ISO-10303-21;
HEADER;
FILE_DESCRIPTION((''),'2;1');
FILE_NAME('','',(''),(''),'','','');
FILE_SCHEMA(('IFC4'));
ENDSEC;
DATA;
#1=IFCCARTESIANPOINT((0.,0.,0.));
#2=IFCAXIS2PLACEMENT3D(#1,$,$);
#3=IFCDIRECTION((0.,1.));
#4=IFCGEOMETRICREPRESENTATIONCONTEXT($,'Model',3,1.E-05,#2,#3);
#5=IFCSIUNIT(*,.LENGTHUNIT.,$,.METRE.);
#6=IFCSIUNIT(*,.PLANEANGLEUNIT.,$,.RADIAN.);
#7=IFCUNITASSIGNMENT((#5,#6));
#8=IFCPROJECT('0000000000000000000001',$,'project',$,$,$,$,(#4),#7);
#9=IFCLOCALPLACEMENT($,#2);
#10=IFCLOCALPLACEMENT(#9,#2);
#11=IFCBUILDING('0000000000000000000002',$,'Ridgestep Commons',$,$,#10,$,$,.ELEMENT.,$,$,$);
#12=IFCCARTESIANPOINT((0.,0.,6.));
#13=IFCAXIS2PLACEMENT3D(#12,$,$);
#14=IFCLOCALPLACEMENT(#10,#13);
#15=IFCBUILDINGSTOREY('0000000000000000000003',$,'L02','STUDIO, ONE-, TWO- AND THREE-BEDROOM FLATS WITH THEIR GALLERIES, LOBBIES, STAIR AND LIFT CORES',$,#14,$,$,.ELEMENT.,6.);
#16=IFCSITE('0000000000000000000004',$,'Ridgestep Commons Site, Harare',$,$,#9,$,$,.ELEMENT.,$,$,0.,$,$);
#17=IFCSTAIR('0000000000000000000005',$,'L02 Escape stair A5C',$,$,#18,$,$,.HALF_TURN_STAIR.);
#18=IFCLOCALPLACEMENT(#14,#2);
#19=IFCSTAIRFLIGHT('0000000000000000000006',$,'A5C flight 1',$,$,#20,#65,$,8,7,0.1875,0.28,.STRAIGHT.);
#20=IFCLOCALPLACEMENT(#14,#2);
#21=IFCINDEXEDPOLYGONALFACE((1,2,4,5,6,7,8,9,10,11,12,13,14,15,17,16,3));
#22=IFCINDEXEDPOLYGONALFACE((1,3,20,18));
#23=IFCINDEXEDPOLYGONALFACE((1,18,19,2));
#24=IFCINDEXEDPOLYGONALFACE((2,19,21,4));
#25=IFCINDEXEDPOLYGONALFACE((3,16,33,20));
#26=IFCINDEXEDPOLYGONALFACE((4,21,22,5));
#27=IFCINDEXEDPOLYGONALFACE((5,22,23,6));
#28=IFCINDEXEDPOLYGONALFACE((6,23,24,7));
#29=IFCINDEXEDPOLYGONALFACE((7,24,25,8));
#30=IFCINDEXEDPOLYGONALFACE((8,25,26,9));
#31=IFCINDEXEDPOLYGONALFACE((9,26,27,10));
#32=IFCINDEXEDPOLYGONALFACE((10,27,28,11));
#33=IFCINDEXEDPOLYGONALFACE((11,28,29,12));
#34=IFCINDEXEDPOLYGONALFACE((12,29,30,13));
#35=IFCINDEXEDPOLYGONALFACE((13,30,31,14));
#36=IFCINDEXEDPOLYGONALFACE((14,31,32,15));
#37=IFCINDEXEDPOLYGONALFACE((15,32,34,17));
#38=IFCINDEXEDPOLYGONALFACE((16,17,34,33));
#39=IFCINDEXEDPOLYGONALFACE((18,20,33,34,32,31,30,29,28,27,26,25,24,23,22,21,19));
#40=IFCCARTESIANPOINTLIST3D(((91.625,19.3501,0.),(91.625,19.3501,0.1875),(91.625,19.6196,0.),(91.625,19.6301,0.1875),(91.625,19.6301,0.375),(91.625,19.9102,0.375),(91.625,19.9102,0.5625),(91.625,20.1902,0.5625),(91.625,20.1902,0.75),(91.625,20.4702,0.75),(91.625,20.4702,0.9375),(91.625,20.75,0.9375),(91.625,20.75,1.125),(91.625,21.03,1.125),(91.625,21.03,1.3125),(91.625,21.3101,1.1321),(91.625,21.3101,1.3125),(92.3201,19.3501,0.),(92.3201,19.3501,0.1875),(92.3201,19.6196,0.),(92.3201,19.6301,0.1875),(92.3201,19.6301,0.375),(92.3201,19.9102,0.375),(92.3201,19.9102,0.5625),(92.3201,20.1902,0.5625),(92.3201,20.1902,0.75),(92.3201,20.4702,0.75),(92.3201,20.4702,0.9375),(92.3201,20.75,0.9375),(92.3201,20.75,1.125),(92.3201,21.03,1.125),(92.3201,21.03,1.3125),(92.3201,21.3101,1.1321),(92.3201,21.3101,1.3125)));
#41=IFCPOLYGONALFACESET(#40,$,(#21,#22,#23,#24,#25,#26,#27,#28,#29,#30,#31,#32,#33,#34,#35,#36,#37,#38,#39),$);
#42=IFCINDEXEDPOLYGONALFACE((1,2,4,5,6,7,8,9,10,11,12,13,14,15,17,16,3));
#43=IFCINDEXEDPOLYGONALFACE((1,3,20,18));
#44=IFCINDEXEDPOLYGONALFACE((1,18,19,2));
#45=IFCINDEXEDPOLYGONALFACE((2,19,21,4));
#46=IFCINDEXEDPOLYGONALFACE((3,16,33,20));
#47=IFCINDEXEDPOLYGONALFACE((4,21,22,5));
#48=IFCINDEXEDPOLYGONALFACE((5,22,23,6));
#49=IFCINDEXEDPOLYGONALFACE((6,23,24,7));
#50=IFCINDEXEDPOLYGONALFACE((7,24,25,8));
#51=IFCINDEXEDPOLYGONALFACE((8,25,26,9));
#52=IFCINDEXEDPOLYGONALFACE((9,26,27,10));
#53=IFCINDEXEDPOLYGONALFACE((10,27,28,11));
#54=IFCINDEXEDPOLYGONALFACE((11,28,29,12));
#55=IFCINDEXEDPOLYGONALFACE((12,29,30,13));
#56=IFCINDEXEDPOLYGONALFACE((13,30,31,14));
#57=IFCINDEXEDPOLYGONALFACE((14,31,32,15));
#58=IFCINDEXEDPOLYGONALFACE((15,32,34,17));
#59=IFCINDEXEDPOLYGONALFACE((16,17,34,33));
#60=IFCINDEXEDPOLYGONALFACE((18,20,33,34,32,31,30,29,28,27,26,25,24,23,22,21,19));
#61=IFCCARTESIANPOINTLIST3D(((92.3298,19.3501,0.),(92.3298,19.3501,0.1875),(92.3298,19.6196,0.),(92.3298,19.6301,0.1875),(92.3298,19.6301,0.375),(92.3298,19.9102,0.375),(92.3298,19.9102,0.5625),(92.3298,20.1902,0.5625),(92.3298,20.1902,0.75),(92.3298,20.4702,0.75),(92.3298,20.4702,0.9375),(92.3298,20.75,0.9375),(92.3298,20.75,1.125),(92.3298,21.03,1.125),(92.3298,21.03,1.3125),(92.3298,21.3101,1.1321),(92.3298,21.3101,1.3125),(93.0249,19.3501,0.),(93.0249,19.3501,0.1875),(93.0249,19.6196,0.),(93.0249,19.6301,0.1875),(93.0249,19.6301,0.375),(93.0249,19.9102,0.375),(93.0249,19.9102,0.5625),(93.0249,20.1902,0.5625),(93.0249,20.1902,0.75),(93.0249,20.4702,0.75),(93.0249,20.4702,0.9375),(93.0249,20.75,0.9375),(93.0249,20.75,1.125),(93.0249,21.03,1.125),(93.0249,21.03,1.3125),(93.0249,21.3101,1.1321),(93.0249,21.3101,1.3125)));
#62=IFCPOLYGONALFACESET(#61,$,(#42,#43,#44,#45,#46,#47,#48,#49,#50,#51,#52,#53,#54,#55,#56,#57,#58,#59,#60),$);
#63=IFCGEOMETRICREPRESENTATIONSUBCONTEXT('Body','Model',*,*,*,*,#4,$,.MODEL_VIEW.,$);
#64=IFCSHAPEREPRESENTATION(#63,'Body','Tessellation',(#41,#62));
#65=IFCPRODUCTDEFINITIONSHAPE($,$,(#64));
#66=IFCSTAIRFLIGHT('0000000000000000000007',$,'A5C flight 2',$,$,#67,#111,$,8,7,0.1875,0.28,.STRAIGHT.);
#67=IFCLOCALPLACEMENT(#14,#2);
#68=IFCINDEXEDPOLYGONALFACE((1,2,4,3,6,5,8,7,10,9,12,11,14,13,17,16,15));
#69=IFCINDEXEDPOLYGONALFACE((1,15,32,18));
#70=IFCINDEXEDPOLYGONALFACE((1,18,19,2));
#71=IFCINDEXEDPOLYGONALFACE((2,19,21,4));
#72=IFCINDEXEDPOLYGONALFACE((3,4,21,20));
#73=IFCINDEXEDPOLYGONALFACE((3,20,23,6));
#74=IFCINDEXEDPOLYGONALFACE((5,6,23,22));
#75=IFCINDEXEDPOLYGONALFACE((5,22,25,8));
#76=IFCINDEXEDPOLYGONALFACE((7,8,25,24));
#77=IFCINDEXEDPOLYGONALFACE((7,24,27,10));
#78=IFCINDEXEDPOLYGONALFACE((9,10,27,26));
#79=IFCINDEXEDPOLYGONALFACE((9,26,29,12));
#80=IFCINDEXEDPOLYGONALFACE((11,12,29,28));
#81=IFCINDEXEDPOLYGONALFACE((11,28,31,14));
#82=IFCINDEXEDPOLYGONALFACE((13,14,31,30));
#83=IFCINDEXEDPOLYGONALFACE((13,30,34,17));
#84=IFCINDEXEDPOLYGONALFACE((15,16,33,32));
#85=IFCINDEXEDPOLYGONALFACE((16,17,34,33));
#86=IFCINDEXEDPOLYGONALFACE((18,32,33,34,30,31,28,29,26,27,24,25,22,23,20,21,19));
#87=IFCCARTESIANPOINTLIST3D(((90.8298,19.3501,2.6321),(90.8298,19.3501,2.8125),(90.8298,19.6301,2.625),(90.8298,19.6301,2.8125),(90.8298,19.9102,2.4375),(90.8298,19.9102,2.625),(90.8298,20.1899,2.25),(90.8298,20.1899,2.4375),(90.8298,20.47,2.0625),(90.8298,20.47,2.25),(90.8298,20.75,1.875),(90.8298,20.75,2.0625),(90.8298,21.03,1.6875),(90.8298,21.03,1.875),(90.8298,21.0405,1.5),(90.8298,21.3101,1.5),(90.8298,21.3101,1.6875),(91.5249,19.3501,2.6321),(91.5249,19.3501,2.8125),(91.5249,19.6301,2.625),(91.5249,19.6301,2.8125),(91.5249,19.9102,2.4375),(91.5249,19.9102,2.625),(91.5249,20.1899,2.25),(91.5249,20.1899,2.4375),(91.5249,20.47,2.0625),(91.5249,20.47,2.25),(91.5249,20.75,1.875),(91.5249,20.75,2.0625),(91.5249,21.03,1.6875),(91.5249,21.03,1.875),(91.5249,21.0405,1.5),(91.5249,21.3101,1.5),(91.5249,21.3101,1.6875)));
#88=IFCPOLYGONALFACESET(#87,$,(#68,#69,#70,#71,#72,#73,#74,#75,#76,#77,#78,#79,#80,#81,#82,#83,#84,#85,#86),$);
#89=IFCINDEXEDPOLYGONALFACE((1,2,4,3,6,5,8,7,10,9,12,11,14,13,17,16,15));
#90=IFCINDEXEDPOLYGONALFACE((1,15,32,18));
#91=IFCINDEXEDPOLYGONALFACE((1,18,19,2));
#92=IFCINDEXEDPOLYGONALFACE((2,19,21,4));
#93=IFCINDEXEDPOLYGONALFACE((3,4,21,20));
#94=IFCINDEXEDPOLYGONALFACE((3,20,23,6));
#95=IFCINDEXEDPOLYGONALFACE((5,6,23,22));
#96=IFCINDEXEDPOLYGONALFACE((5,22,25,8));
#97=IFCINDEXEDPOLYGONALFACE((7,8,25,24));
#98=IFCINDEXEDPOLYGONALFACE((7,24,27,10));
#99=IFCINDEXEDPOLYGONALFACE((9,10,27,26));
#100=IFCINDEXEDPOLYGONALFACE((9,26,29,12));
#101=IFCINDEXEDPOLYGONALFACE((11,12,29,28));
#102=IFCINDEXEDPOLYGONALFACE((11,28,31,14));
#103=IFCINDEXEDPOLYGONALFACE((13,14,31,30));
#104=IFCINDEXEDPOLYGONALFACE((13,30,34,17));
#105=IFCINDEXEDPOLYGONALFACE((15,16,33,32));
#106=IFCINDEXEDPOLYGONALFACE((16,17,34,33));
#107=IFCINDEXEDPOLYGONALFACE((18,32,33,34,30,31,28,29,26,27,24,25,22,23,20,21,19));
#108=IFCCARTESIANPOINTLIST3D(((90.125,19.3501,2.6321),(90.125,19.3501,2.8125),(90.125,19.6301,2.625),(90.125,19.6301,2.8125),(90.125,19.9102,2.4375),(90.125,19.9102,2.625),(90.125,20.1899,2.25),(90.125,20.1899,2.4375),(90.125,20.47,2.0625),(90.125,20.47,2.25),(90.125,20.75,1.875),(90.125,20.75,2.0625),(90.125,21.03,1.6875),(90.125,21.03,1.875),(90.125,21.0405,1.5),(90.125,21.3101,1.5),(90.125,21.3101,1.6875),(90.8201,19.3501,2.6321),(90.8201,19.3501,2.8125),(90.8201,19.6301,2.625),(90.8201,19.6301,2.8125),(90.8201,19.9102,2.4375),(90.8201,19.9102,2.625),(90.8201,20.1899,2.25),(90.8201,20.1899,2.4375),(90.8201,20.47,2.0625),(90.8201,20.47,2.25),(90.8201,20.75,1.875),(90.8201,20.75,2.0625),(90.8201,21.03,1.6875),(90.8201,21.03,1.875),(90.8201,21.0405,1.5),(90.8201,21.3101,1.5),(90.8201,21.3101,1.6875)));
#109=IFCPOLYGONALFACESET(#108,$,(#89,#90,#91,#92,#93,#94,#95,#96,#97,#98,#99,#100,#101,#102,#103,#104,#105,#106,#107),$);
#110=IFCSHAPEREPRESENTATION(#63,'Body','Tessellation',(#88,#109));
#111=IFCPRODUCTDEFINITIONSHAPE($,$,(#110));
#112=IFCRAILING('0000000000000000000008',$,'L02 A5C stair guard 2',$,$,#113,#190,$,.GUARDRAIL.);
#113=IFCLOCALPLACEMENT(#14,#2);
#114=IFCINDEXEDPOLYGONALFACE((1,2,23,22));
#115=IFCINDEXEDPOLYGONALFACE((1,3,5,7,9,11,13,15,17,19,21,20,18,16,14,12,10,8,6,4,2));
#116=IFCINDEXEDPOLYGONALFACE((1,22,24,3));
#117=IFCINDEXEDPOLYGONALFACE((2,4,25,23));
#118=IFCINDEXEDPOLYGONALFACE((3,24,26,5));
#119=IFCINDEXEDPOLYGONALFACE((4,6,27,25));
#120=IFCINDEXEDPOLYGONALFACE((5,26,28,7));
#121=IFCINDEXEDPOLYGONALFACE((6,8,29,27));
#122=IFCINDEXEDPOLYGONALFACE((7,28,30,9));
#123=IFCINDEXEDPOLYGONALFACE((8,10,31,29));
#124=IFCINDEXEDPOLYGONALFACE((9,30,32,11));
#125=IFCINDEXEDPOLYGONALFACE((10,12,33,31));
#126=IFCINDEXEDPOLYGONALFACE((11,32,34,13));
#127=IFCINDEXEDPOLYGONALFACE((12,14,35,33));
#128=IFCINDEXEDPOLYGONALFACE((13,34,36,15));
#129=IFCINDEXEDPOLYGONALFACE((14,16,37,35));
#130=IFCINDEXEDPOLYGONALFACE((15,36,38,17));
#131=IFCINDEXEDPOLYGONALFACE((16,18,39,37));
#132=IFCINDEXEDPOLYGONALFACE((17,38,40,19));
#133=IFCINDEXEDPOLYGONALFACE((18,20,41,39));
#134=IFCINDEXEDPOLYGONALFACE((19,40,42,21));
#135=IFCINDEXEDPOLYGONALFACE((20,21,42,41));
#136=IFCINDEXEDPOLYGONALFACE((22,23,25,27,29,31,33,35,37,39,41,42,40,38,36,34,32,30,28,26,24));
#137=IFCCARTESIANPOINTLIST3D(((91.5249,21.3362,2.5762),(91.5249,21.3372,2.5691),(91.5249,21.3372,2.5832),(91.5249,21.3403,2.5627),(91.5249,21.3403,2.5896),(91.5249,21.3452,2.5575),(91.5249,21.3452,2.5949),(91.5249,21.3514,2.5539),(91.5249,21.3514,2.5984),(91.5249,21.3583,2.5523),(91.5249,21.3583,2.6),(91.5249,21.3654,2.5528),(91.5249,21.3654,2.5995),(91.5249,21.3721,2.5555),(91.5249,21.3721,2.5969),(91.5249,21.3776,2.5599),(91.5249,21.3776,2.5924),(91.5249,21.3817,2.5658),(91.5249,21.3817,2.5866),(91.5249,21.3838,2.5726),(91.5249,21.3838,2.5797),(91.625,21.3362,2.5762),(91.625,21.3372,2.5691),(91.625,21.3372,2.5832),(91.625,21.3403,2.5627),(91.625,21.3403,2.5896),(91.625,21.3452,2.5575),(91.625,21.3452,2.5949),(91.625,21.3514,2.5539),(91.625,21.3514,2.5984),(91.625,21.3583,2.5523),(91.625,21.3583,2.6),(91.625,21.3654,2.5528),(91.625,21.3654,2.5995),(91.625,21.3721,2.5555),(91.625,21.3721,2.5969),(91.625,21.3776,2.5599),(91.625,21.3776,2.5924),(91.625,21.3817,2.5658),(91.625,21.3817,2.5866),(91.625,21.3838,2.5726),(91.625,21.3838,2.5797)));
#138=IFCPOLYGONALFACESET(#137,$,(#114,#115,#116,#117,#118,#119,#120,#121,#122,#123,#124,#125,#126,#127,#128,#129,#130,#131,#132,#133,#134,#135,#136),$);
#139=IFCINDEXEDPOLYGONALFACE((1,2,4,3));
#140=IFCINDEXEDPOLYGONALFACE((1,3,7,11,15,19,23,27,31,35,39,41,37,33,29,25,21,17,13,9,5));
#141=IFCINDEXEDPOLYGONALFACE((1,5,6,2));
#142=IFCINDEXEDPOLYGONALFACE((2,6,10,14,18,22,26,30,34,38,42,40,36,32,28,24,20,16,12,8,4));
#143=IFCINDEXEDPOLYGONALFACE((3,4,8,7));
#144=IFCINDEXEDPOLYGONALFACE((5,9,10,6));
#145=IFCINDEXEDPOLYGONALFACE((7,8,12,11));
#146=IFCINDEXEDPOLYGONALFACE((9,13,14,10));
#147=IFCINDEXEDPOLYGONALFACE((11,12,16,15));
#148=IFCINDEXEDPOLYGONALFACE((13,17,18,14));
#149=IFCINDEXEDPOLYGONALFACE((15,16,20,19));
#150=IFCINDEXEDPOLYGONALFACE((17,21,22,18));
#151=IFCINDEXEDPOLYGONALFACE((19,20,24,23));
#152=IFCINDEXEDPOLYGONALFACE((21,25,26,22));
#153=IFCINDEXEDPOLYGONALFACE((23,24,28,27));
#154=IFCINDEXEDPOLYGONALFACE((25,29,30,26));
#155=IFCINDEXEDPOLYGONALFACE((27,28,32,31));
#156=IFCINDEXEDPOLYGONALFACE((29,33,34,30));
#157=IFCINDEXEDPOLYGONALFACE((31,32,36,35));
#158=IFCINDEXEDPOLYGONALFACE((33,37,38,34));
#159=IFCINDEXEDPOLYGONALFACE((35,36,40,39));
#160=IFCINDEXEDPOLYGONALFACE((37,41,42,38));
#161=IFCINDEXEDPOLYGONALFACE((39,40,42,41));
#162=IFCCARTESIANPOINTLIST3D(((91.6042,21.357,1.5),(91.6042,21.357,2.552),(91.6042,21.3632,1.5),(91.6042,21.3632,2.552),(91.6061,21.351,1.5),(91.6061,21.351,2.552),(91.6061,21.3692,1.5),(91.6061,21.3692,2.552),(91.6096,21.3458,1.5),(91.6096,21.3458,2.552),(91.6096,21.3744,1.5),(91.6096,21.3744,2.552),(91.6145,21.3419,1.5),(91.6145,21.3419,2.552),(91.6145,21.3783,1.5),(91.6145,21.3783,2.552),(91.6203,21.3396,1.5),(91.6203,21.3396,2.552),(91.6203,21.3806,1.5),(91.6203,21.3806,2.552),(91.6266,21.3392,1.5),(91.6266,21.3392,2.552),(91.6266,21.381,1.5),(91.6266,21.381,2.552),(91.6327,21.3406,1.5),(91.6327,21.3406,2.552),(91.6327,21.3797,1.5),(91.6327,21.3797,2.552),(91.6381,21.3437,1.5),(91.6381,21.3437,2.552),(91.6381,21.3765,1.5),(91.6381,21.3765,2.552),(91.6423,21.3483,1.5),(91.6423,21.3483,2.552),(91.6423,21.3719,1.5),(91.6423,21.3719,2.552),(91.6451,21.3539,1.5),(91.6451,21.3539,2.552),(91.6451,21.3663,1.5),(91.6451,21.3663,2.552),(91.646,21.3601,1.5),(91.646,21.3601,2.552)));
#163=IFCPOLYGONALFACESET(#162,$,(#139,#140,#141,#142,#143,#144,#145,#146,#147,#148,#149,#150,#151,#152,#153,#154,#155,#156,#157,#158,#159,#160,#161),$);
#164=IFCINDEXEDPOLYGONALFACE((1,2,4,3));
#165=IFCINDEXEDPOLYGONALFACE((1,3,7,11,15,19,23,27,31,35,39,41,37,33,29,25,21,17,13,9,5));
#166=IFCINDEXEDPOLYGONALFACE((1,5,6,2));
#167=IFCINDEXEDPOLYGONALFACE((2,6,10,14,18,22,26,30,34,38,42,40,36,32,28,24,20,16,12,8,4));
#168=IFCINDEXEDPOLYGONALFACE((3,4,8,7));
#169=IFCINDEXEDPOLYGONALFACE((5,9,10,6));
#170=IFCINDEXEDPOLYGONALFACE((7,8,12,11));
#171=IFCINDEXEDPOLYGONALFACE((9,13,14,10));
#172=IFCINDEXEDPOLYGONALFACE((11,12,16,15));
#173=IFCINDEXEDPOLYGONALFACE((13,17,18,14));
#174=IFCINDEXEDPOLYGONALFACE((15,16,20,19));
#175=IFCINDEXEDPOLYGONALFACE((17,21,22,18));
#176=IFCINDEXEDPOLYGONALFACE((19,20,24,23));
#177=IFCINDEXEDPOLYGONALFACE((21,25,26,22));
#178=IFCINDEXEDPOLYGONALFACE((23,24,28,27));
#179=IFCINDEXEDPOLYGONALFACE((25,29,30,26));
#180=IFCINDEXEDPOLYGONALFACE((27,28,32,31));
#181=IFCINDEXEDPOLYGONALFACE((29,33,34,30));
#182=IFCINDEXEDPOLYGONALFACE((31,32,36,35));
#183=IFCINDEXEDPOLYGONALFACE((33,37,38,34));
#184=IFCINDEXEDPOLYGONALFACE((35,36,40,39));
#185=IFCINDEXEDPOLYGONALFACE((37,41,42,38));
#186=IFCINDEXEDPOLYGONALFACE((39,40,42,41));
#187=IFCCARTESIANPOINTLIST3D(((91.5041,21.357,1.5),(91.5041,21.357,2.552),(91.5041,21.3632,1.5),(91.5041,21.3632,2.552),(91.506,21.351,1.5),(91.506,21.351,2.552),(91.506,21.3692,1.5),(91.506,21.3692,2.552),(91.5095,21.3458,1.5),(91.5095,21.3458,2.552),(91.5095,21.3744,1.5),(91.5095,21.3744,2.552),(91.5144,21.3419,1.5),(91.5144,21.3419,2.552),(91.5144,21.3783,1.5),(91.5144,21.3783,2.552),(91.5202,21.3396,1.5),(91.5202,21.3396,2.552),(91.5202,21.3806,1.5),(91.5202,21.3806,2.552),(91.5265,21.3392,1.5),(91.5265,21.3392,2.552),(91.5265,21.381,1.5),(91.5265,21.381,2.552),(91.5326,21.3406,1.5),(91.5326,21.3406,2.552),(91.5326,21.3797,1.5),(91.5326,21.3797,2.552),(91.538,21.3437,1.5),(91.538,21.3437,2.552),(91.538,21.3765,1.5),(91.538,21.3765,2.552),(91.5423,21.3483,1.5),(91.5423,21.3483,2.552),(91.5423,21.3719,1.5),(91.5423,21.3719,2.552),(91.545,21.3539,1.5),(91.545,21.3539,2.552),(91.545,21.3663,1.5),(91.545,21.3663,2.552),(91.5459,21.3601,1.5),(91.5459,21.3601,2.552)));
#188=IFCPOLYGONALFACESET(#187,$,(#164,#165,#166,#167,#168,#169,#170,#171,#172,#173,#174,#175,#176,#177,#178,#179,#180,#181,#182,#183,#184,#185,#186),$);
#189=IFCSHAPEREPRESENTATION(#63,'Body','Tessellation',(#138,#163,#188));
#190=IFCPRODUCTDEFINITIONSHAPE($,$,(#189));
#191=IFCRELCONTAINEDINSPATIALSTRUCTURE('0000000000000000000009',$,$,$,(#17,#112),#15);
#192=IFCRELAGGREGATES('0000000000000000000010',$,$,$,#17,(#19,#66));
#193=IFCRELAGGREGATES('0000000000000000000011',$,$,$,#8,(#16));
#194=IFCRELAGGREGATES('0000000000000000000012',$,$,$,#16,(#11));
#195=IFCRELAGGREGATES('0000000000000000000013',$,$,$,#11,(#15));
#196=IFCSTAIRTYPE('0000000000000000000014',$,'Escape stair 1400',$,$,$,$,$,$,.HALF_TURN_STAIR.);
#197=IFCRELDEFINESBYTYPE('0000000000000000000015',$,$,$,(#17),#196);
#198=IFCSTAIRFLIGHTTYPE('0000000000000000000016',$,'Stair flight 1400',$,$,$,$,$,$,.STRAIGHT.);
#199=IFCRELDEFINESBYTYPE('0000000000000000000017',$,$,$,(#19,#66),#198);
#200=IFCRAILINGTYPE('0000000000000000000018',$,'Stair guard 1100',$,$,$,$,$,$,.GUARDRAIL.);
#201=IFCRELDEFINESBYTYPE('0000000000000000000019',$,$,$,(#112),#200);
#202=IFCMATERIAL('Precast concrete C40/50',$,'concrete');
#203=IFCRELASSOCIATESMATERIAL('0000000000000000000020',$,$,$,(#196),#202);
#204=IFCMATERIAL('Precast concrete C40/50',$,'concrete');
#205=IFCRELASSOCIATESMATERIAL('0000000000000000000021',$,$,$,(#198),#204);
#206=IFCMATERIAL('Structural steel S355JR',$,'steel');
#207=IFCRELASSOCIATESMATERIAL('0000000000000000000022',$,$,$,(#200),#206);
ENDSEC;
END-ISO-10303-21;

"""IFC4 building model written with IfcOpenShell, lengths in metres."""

from ifc_helpers import new_model, si_unit, direction, frame, origin, origin_2d, place, context, subcontext, project, spatial, polyline, circle, outline, extrude, material, type_object, element, aggregate, save


model = new_model("IFC4")

# Units and contexts
model_context = context("Model", 3, precision=1e-05, world=origin(), true_north=direction((0.0, 1.0)))
body_context = subcontext(model_context, "Body", "Model", "MODEL_VIEW")
ifc_project = project(units=[si_unit("LENGTHUNIT", "METRE"), si_unit("PLANEANGLEUNIT", "RADIAN")], contexts=[model_context])

# Site, building, storey
site_placement = place(None, origin())
site = spatial("IfcSite", under=ifc_project, at=site_placement, Name="Ridgestep Commons Site, Harare", CompositionType="ELEMENT", RefElevation=0.0)
building_placement = place(site_placement, origin())
building = spatial("IfcBuilding", under=site, at=building_placement, Name="Ridgestep Commons", CompositionType="ELEMENT")
storey_placement = place(building_placement, frame((0.0, 0.0, 6.0)))
storey = spatial("IfcBuildingStorey", under=building, at=storey_placement, Name="L02", Description="STUDIO, ONE-, TWO- AND THREE-BEDROOM FLATS WITH THEIR GALLERIES, LOBBIES, STAIR AND LIFT CORES", CompositionType="ELEMENT", Elevation=6.0)

# Stair, stair flights
ifc_material_1 = material(Name="Precast concrete C40/50", Category="concrete")
stair_type = type_object("IfcStairType", Name="Escape stair 1400", PredefinedType="HALF_TURN_STAIR", material=ifc_material_1)
stair_placement = place(storey_placement, origin())
stair = element("IfcStair", 1, at=stair_placement, inside=storey, type_object=stair_type, Name="L02 Escape stair A5C", PredefinedType="HALF_TURN_STAIR")
ifc_material_2 = material(Name="Precast concrete C40/50", Category="concrete")
stair_flight_type = type_object("IfcStairFlightType", Name="Stair flight 1400", PredefinedType="STRAIGHT", material=ifc_material_2)
stair_flight_1_placement = place(storey_placement, frame((92.325, 19.3501, 0.0), z_axis=(0.0, 0.0, 1.0), x_axis=(0.0, 1.0, 0.0)))
stair_flight_1 = element("IfcStairFlight", 2, at=stair_flight_1_placement, type_object=stair_flight_type, Name="A5C flight 1", NumberOfRisers=8, NumberOfTreads=7, PredefinedType="STRAIGHT", RiserHeight=0.1875, TreadLength=0.28, context=body_context, shape_type="SweptSolid", body=[
    extrude(outline(polyline([(0.0, 0.0), (0.0, 0.1875), (0.28, 0.1875), (0.28, 0.375), (0.5601, 0.375), (0.5601, 0.5625), (0.8401, 0.5625), (0.8401, 0.75), (1.1201, 0.75), (1.1201, 0.9375), (1.3999, 0.9375), (1.3999, 1.125), (1.6799, 1.125), (1.6799, 1.3125), (1.96, 1.3125), (1.96, 1.5), (1.96, 1.1321), (0.2695, 0.0), (0.0, 0.0)])), frame((0.0, 0.7, 0.0), z_axis=(0.0, -1.0, 0.0), x_axis=(1.0, 0.0, 0.0)), (0.0, 0.0, 1.0), 0.6951),
    extrude(outline(polyline([(0.0, 0.0), (0.0, 0.1875), (0.28, 0.1875), (0.28, 0.375), (0.5601, 0.375), (0.5601, 0.5625), (0.8401, 0.5625), (0.8401, 0.75), (1.1201, 0.75), (1.1201, 0.9375), (1.3999, 0.9375), (1.3999, 1.125), (1.6799, 1.125), (1.6799, 1.3125), (1.96, 1.3125), (1.96, 1.5), (1.96, 1.1321), (0.2695, 0.0), (0.0, 0.0)])), frame((0.0, -0.0049, 0.0), z_axis=(0.0, -1.0, 0.0), x_axis=(1.0, 0.0, 0.0)), (0.0, 0.0, 1.0), 0.6951),
])
stair_flight_2_placement = place(storey_placement, frame((90.825, 21.3101, 1.5), z_axis=(0.0, 0.0, 1.0), x_axis=(0.0, -1.0, 0.0)))
stair_flight_2 = element("IfcStairFlight", 3, at=stair_flight_2_placement, type_object=stair_flight_type, Name="A5C flight 2", NumberOfRisers=8, NumberOfTreads=7, PredefinedType="STRAIGHT", RiserHeight=0.1875, TreadLength=0.28, context=body_context, shape_type="SweptSolid", body=[
    extrude(outline(polyline([(0.0, 0.0), (0.0, 0.1875), (0.28, 0.1875), (0.28, 0.375), (0.5601, 0.375), (0.5601, 0.5625), (0.8401, 0.5625), (0.8401, 0.75), (1.1201, 0.75), (1.1201, 0.9375), (1.3999, 0.9375), (1.3999, 1.125), (1.6799, 1.125), (1.6799, 1.3125), (1.96, 1.3125), (1.96, 1.5), (1.96, 1.1321), (0.2695, 0.0), (0.0, 0.0)])), frame((0.0, 0.7, 0.0), z_axis=(0.0, -1.0, 0.0), x_axis=(1.0, 0.0, 0.0)), (0.0, 0.0, 1.0), 0.6951),
    extrude(outline(polyline([(0.0, 0.0), (0.0, 0.1875), (0.28, 0.1875), (0.28, 0.375), (0.5601, 0.375), (0.5601, 0.5625), (0.8401, 0.5625), (0.8401, 0.75), (1.1201, 0.75), (1.1201, 0.9375), (1.3999, 0.9375), (1.3999, 1.125), (1.6799, 1.125), (1.6799, 1.3125), (1.96, 1.3125), (1.96, 1.5), (1.96, 1.1321), (0.2695, 0.0), (0.0, 0.0)])), frame((0.0, -0.0049, 0.0), z_axis=(0.0, -1.0, 0.0), x_axis=(1.0, 0.0, 0.0)), (0.0, 0.0, 1.0), 0.6951),
])
aggregate(stair, [stair_flight_1, stair_flight_2])

# Railing
ifc_material_3 = material(Name="Structural steel S355JR", Category="steel")
railing_type_1 = type_object("IfcRailingType", Name="Stair guard 1100", PredefinedType="GUARDRAIL", material=ifc_material_3)
railing_1_placement = place(storey_placement, frame((91.625, 21.3601, 1.5)))
element("IfcRailing", 4, at=railing_1_placement, inside=storey, type_object=railing_type_1, Name="L02 A5C stair guard 2", PredefinedType="GUARDRAIL", context=body_context, shape_type="SweptSolid", body=[
    extrude(circle(Radius=0.0239, at=origin_2d()), frame((0.0, 0.0, 1.0762), z_axis=(-1.0, 0.0, 0.0), x_axis=(0.0, -1.0, 0.0)), (0.0, 0.0, 1.0), 0.1001),
    extrude(circle(Radius=0.021, at=origin_2d()), origin(), (0.0, 0.0, 1.0), 1.052),
    extrude(circle(Radius=0.021, at=origin_2d()), frame((-0.1001, 0.0, 0.0)), (0.0, 0.0, 1.0), 1.052),
])

save(model, "model.ifc")
